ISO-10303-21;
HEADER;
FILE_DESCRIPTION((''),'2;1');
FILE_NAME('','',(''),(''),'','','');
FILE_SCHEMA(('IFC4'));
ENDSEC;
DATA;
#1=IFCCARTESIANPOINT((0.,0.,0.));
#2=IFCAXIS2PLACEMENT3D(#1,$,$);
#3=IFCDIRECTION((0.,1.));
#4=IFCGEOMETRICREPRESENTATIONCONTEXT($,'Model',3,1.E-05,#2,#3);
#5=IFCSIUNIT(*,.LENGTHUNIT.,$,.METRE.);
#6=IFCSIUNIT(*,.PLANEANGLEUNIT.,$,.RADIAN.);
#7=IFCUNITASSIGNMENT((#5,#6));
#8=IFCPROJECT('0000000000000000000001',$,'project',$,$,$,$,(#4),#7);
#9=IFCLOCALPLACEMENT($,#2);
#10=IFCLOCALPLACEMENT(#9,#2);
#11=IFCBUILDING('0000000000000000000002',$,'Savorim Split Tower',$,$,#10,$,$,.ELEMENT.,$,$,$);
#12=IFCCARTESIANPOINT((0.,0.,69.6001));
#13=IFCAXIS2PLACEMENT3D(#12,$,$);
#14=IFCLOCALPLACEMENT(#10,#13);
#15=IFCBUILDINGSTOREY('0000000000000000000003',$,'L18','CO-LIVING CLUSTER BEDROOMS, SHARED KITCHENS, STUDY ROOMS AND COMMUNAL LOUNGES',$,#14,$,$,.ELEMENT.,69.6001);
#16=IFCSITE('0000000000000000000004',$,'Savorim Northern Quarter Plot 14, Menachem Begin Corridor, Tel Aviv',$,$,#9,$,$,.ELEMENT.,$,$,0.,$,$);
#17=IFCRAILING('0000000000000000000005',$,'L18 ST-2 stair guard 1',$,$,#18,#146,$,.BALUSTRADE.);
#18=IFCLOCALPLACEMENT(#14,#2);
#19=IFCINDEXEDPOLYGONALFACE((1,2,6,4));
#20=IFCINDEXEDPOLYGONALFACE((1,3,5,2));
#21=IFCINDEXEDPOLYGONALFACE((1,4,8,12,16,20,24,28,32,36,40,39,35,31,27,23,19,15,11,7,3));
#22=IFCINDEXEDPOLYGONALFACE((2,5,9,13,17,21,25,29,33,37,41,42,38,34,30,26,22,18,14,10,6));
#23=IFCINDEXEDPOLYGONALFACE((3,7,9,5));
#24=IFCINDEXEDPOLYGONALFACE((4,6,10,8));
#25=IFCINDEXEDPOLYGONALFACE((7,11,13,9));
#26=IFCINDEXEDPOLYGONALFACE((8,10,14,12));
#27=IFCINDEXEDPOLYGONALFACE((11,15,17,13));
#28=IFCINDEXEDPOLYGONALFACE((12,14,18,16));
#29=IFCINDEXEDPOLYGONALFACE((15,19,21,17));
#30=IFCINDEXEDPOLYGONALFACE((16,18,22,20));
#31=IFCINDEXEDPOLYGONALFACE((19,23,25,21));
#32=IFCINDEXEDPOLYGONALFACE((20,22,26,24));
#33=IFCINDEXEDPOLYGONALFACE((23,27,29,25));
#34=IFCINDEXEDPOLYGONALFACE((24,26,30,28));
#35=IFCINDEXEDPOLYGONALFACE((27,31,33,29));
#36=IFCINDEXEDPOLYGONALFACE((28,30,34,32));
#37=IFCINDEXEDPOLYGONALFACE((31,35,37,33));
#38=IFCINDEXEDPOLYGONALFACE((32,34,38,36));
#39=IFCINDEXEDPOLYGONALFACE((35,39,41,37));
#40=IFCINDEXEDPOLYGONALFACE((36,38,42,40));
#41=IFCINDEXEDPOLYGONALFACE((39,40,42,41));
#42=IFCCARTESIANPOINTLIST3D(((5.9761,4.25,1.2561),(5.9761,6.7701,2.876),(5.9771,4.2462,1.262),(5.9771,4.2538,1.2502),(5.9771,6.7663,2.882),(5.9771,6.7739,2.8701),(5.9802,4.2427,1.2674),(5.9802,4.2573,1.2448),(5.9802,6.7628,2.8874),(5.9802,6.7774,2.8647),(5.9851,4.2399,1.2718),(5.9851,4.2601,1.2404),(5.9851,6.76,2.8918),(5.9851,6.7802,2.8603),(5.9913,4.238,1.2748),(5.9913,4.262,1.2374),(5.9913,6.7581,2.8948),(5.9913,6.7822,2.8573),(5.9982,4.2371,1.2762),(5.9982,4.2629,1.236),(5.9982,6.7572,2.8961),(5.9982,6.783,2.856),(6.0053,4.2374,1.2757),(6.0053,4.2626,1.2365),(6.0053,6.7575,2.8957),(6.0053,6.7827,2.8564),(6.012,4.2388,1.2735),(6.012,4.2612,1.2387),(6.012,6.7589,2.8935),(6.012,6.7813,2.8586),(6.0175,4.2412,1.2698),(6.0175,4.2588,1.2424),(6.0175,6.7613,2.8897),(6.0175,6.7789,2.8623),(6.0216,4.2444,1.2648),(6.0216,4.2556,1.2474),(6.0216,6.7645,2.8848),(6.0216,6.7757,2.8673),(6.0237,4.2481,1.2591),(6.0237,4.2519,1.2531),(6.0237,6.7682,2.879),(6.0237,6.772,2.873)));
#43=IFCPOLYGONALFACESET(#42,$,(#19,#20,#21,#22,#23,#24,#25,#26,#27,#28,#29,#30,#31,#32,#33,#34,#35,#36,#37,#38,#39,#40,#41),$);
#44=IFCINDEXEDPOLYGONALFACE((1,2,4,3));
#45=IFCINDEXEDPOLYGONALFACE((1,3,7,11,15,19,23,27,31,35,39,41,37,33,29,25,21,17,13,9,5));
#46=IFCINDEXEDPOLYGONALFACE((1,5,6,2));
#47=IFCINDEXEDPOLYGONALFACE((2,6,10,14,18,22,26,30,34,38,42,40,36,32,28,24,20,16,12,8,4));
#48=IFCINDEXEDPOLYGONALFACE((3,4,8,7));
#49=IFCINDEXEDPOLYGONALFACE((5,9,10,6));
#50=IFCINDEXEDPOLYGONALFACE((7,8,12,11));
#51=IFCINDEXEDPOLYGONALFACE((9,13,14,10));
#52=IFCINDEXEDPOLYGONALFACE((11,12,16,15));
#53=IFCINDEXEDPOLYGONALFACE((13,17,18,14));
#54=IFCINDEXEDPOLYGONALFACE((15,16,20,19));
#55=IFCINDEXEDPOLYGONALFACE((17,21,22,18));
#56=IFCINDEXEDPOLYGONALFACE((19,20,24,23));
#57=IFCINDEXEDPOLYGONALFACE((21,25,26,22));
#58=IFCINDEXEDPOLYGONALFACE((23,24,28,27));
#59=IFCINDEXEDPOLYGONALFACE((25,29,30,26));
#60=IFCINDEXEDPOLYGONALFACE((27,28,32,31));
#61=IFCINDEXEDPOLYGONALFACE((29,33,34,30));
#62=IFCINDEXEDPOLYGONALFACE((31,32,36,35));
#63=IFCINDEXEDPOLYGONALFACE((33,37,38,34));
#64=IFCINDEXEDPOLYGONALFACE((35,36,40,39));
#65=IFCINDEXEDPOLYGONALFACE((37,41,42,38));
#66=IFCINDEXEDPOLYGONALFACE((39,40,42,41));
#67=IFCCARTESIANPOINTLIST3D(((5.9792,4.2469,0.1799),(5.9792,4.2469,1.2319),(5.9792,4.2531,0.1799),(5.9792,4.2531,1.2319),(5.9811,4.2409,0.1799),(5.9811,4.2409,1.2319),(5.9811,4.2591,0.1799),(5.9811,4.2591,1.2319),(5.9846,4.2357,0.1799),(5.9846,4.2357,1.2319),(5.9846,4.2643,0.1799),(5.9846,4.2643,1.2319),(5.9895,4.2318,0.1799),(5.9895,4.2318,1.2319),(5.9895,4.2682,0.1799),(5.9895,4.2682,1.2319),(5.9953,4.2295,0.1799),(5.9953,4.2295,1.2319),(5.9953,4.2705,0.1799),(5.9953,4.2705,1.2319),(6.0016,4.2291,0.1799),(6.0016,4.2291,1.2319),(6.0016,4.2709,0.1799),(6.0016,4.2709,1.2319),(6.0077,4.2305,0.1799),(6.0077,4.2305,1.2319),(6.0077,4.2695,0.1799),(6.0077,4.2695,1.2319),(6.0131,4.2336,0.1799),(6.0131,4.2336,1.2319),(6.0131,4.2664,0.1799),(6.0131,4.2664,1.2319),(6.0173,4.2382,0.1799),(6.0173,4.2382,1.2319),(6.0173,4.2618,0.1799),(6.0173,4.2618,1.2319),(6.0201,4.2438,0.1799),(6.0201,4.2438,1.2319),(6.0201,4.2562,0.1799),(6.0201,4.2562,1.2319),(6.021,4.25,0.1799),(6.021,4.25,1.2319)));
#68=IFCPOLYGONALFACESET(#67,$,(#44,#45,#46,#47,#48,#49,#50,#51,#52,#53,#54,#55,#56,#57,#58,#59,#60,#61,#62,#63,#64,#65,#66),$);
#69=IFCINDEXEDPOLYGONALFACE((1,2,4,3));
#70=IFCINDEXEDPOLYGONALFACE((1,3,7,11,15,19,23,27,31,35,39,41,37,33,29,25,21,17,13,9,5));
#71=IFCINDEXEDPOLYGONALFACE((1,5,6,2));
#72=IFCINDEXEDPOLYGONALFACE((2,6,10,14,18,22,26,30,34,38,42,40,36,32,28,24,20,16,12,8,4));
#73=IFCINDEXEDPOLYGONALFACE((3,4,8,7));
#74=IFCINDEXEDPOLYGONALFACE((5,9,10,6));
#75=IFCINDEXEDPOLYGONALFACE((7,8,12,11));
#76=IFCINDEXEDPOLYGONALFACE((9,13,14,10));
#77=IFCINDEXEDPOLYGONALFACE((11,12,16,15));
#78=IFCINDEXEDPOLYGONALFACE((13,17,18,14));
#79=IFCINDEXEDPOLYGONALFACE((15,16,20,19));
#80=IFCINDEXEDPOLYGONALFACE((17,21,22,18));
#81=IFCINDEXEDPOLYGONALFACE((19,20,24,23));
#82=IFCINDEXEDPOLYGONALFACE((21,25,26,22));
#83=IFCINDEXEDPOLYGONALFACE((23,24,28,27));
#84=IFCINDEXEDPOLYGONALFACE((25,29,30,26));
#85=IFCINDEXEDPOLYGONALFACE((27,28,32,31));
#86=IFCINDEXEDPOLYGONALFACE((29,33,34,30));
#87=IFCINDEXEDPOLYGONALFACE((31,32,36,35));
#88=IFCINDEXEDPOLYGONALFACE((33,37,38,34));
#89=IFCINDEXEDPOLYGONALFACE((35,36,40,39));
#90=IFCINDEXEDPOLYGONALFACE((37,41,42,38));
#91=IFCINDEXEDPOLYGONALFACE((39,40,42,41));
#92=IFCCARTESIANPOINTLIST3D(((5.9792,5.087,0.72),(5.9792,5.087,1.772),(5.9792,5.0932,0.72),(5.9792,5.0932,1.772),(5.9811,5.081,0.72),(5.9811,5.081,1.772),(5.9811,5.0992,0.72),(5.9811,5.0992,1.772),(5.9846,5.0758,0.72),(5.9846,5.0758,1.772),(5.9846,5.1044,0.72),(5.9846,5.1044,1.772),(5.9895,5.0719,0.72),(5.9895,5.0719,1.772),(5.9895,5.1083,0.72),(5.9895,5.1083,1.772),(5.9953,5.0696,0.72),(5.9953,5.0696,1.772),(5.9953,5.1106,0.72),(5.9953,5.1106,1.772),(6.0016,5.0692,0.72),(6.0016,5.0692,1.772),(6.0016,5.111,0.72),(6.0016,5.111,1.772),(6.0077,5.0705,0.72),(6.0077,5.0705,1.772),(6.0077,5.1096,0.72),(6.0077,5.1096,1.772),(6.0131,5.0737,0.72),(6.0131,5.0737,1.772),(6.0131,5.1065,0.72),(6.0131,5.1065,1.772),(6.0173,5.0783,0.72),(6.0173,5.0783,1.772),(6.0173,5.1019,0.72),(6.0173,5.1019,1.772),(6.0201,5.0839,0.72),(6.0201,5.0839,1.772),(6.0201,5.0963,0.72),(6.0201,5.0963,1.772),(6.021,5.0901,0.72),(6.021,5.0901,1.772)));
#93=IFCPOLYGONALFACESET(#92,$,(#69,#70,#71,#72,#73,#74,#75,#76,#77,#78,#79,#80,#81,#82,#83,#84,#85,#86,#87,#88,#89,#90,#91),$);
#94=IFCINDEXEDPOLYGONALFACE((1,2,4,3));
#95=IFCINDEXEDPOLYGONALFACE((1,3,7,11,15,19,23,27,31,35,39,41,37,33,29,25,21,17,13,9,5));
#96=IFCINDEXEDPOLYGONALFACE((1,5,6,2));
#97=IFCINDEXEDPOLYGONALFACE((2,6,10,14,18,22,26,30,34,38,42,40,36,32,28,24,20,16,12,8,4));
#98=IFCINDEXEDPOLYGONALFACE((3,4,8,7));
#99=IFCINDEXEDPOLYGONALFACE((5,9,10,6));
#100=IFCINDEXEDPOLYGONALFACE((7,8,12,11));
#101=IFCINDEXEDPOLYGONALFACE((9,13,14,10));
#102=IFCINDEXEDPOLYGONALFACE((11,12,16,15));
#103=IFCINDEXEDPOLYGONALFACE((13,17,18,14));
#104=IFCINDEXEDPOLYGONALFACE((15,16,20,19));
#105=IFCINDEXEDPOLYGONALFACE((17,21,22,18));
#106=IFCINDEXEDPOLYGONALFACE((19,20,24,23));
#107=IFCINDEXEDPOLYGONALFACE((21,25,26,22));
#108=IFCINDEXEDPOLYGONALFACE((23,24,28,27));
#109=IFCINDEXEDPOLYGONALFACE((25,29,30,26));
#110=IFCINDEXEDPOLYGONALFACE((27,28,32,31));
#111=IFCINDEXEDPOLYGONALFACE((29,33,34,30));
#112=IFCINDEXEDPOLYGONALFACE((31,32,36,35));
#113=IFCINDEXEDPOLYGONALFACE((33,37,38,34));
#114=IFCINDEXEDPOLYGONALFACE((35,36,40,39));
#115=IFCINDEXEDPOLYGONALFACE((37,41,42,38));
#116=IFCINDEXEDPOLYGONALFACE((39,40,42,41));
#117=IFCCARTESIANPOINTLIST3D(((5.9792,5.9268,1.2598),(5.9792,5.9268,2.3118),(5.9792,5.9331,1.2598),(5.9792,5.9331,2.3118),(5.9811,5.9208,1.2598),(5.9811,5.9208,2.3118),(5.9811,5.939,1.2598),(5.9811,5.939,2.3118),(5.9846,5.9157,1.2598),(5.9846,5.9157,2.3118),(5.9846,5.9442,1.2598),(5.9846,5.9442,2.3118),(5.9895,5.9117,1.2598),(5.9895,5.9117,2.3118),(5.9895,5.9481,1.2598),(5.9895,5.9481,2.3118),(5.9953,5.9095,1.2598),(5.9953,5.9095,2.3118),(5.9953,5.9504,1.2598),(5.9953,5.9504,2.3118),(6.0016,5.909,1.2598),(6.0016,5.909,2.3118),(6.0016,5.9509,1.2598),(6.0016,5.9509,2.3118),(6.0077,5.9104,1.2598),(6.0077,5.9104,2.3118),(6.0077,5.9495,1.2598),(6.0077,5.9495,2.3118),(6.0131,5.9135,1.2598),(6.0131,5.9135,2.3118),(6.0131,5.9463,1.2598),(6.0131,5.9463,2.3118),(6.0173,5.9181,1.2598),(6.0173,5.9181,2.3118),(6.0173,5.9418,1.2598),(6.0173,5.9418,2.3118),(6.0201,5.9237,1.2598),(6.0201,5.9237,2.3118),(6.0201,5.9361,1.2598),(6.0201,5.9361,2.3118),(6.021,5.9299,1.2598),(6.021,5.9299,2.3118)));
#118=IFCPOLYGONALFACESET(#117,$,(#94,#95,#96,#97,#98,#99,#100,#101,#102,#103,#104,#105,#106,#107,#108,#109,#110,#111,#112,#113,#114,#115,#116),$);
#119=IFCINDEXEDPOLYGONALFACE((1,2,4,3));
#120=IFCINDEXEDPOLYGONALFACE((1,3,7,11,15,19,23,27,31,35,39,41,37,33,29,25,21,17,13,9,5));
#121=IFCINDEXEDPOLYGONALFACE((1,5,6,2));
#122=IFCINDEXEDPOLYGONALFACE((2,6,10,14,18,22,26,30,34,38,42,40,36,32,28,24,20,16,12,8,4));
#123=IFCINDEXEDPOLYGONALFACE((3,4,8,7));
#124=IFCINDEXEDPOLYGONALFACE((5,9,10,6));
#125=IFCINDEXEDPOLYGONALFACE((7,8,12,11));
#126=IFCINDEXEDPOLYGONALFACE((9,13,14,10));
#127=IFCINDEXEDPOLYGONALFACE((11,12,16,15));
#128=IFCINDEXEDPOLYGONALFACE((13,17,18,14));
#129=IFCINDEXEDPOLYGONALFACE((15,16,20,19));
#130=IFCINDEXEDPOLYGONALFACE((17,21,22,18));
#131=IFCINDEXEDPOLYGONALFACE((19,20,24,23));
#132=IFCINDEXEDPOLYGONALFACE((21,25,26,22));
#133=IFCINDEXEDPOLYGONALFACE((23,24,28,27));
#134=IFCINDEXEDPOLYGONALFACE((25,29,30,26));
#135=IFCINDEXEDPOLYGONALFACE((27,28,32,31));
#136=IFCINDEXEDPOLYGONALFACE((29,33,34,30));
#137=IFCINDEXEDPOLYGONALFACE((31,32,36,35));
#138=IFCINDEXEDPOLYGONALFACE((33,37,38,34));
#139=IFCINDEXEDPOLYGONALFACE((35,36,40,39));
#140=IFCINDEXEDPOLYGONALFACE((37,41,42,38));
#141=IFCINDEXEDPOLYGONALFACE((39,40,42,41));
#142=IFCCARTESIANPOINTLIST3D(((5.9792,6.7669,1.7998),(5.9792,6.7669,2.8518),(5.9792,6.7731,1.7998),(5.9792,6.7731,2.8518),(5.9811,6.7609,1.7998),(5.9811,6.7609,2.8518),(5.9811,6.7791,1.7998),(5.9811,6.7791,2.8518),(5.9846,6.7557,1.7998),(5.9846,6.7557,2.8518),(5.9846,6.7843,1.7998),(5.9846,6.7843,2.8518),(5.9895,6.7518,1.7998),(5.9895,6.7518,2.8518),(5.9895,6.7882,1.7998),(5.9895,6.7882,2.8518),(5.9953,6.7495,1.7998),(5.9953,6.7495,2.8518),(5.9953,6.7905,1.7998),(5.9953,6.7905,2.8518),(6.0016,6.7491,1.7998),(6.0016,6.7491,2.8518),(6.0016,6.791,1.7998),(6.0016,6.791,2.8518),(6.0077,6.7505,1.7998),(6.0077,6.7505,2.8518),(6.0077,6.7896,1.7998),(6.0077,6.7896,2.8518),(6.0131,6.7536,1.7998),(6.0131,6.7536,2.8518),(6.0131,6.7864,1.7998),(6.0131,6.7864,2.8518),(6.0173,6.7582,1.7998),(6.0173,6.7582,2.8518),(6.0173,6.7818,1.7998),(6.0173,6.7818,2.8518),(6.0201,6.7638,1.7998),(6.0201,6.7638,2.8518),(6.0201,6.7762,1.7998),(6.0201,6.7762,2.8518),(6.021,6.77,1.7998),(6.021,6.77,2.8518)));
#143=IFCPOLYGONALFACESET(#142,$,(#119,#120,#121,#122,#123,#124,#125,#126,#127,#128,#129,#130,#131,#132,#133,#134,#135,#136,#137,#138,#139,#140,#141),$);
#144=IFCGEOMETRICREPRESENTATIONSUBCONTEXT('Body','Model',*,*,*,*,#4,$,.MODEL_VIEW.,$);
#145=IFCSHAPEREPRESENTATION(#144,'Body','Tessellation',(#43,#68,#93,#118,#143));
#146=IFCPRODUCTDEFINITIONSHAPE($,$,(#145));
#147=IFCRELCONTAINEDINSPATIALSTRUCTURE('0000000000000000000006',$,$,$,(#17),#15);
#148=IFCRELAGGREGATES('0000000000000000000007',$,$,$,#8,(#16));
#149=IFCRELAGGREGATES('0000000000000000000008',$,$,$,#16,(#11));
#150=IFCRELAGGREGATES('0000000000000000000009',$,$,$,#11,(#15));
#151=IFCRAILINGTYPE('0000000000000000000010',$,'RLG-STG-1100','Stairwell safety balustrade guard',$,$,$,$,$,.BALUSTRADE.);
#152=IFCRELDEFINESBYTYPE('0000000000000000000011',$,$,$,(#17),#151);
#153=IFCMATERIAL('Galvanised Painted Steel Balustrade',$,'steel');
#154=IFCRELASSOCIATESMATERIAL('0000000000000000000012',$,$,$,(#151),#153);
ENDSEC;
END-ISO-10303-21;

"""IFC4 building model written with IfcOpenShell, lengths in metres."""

from ifc_helpers import new_model, si_unit, direction, frame, origin, origin_2d, place, context, subcontext, project, spatial, circle, extrude, material, type_object, element, save


model = new_model("IFC4")

# Units and contexts
model_context = context("Model", 3, precision=1e-05, world=origin(), true_north=direction((0.0, 1.0)))
body_context = subcontext(model_context, "Body", "Model", "MODEL_VIEW")
ifc_project = project(units=[si_unit("LENGTHUNIT", "METRE"), si_unit("PLANEANGLEUNIT", "RADIAN")], contexts=[model_context])

# Site, building, storey
site_placement = place(None, origin())
site = spatial("IfcSite", under=ifc_project, at=site_placement, Name="Savorim Northern Quarter Plot 14, Menachem Begin Corridor, Tel Aviv", CompositionType="ELEMENT", RefElevation=0.0)
building_placement = place(site_placement, origin())
building = spatial("IfcBuilding", under=site, at=building_placement, Name="Savorim Split Tower", CompositionType="ELEMENT")
storey_placement = place(building_placement, frame((0.0, 0.0, 69.6001)))
storey = spatial("IfcBuildingStorey", under=building, at=storey_placement, Name="L18", Description="CO-LIVING CLUSTER BEDROOMS, SHARED KITCHENS, STUDY ROOMS AND COMMUNAL LOUNGES", CompositionType="ELEMENT", Elevation=69.6001)

# Railing
ifc_material_1 = material(Name="Galvanised Painted Steel Balustrade", Category="steel")
railing_type_1 = type_object("IfcRailingType", Name="RLG-STG-1100", Description="Stairwell safety balustrade guard", PredefinedType="BALUSTRADE", material=ifc_material_1)
railing_1_placement = place(storey_placement, frame((6.0, 4.25, 0.1799)))
element("IfcRailing", 1, at=railing_1_placement, inside=storey, type_object=railing_type_1, Name="L18 ST-2 stair guard 1", PredefinedType="BALUSTRADE", context=body_context, shape_type="SweptSolid", body=[
    extrude(circle(Radius=0.0239, at=origin_2d()), frame((0.0, 0.0, 1.0762), z_axis=(0.0, 0.8412, 0.540725), x_axis=(-1.0, 0.0, 0.0)), (0.0, 0.0, 1.0), 2.9958),
    extrude(circle(Radius=0.021, at=origin_2d()), origin(), (0.0, 0.0, 1.0), 1.052),
    extrude(circle(Radius=0.021, at=origin_2d()), frame((0.0, 0.8401, 0.54)), (0.0, 0.0, 1.0), 1.052),
    extrude(circle(Radius=0.021, at=origin_2d()), frame((0.0, 1.6799, 1.0798)), (0.0, 0.0, 1.0), 1.052),
    extrude(circle(Radius=0.021, at=origin_2d()), frame((0.0, 2.52, 1.6199)), (0.0, 0.0, 1.0), 1.052),
])

save(model, "model.ifc")
